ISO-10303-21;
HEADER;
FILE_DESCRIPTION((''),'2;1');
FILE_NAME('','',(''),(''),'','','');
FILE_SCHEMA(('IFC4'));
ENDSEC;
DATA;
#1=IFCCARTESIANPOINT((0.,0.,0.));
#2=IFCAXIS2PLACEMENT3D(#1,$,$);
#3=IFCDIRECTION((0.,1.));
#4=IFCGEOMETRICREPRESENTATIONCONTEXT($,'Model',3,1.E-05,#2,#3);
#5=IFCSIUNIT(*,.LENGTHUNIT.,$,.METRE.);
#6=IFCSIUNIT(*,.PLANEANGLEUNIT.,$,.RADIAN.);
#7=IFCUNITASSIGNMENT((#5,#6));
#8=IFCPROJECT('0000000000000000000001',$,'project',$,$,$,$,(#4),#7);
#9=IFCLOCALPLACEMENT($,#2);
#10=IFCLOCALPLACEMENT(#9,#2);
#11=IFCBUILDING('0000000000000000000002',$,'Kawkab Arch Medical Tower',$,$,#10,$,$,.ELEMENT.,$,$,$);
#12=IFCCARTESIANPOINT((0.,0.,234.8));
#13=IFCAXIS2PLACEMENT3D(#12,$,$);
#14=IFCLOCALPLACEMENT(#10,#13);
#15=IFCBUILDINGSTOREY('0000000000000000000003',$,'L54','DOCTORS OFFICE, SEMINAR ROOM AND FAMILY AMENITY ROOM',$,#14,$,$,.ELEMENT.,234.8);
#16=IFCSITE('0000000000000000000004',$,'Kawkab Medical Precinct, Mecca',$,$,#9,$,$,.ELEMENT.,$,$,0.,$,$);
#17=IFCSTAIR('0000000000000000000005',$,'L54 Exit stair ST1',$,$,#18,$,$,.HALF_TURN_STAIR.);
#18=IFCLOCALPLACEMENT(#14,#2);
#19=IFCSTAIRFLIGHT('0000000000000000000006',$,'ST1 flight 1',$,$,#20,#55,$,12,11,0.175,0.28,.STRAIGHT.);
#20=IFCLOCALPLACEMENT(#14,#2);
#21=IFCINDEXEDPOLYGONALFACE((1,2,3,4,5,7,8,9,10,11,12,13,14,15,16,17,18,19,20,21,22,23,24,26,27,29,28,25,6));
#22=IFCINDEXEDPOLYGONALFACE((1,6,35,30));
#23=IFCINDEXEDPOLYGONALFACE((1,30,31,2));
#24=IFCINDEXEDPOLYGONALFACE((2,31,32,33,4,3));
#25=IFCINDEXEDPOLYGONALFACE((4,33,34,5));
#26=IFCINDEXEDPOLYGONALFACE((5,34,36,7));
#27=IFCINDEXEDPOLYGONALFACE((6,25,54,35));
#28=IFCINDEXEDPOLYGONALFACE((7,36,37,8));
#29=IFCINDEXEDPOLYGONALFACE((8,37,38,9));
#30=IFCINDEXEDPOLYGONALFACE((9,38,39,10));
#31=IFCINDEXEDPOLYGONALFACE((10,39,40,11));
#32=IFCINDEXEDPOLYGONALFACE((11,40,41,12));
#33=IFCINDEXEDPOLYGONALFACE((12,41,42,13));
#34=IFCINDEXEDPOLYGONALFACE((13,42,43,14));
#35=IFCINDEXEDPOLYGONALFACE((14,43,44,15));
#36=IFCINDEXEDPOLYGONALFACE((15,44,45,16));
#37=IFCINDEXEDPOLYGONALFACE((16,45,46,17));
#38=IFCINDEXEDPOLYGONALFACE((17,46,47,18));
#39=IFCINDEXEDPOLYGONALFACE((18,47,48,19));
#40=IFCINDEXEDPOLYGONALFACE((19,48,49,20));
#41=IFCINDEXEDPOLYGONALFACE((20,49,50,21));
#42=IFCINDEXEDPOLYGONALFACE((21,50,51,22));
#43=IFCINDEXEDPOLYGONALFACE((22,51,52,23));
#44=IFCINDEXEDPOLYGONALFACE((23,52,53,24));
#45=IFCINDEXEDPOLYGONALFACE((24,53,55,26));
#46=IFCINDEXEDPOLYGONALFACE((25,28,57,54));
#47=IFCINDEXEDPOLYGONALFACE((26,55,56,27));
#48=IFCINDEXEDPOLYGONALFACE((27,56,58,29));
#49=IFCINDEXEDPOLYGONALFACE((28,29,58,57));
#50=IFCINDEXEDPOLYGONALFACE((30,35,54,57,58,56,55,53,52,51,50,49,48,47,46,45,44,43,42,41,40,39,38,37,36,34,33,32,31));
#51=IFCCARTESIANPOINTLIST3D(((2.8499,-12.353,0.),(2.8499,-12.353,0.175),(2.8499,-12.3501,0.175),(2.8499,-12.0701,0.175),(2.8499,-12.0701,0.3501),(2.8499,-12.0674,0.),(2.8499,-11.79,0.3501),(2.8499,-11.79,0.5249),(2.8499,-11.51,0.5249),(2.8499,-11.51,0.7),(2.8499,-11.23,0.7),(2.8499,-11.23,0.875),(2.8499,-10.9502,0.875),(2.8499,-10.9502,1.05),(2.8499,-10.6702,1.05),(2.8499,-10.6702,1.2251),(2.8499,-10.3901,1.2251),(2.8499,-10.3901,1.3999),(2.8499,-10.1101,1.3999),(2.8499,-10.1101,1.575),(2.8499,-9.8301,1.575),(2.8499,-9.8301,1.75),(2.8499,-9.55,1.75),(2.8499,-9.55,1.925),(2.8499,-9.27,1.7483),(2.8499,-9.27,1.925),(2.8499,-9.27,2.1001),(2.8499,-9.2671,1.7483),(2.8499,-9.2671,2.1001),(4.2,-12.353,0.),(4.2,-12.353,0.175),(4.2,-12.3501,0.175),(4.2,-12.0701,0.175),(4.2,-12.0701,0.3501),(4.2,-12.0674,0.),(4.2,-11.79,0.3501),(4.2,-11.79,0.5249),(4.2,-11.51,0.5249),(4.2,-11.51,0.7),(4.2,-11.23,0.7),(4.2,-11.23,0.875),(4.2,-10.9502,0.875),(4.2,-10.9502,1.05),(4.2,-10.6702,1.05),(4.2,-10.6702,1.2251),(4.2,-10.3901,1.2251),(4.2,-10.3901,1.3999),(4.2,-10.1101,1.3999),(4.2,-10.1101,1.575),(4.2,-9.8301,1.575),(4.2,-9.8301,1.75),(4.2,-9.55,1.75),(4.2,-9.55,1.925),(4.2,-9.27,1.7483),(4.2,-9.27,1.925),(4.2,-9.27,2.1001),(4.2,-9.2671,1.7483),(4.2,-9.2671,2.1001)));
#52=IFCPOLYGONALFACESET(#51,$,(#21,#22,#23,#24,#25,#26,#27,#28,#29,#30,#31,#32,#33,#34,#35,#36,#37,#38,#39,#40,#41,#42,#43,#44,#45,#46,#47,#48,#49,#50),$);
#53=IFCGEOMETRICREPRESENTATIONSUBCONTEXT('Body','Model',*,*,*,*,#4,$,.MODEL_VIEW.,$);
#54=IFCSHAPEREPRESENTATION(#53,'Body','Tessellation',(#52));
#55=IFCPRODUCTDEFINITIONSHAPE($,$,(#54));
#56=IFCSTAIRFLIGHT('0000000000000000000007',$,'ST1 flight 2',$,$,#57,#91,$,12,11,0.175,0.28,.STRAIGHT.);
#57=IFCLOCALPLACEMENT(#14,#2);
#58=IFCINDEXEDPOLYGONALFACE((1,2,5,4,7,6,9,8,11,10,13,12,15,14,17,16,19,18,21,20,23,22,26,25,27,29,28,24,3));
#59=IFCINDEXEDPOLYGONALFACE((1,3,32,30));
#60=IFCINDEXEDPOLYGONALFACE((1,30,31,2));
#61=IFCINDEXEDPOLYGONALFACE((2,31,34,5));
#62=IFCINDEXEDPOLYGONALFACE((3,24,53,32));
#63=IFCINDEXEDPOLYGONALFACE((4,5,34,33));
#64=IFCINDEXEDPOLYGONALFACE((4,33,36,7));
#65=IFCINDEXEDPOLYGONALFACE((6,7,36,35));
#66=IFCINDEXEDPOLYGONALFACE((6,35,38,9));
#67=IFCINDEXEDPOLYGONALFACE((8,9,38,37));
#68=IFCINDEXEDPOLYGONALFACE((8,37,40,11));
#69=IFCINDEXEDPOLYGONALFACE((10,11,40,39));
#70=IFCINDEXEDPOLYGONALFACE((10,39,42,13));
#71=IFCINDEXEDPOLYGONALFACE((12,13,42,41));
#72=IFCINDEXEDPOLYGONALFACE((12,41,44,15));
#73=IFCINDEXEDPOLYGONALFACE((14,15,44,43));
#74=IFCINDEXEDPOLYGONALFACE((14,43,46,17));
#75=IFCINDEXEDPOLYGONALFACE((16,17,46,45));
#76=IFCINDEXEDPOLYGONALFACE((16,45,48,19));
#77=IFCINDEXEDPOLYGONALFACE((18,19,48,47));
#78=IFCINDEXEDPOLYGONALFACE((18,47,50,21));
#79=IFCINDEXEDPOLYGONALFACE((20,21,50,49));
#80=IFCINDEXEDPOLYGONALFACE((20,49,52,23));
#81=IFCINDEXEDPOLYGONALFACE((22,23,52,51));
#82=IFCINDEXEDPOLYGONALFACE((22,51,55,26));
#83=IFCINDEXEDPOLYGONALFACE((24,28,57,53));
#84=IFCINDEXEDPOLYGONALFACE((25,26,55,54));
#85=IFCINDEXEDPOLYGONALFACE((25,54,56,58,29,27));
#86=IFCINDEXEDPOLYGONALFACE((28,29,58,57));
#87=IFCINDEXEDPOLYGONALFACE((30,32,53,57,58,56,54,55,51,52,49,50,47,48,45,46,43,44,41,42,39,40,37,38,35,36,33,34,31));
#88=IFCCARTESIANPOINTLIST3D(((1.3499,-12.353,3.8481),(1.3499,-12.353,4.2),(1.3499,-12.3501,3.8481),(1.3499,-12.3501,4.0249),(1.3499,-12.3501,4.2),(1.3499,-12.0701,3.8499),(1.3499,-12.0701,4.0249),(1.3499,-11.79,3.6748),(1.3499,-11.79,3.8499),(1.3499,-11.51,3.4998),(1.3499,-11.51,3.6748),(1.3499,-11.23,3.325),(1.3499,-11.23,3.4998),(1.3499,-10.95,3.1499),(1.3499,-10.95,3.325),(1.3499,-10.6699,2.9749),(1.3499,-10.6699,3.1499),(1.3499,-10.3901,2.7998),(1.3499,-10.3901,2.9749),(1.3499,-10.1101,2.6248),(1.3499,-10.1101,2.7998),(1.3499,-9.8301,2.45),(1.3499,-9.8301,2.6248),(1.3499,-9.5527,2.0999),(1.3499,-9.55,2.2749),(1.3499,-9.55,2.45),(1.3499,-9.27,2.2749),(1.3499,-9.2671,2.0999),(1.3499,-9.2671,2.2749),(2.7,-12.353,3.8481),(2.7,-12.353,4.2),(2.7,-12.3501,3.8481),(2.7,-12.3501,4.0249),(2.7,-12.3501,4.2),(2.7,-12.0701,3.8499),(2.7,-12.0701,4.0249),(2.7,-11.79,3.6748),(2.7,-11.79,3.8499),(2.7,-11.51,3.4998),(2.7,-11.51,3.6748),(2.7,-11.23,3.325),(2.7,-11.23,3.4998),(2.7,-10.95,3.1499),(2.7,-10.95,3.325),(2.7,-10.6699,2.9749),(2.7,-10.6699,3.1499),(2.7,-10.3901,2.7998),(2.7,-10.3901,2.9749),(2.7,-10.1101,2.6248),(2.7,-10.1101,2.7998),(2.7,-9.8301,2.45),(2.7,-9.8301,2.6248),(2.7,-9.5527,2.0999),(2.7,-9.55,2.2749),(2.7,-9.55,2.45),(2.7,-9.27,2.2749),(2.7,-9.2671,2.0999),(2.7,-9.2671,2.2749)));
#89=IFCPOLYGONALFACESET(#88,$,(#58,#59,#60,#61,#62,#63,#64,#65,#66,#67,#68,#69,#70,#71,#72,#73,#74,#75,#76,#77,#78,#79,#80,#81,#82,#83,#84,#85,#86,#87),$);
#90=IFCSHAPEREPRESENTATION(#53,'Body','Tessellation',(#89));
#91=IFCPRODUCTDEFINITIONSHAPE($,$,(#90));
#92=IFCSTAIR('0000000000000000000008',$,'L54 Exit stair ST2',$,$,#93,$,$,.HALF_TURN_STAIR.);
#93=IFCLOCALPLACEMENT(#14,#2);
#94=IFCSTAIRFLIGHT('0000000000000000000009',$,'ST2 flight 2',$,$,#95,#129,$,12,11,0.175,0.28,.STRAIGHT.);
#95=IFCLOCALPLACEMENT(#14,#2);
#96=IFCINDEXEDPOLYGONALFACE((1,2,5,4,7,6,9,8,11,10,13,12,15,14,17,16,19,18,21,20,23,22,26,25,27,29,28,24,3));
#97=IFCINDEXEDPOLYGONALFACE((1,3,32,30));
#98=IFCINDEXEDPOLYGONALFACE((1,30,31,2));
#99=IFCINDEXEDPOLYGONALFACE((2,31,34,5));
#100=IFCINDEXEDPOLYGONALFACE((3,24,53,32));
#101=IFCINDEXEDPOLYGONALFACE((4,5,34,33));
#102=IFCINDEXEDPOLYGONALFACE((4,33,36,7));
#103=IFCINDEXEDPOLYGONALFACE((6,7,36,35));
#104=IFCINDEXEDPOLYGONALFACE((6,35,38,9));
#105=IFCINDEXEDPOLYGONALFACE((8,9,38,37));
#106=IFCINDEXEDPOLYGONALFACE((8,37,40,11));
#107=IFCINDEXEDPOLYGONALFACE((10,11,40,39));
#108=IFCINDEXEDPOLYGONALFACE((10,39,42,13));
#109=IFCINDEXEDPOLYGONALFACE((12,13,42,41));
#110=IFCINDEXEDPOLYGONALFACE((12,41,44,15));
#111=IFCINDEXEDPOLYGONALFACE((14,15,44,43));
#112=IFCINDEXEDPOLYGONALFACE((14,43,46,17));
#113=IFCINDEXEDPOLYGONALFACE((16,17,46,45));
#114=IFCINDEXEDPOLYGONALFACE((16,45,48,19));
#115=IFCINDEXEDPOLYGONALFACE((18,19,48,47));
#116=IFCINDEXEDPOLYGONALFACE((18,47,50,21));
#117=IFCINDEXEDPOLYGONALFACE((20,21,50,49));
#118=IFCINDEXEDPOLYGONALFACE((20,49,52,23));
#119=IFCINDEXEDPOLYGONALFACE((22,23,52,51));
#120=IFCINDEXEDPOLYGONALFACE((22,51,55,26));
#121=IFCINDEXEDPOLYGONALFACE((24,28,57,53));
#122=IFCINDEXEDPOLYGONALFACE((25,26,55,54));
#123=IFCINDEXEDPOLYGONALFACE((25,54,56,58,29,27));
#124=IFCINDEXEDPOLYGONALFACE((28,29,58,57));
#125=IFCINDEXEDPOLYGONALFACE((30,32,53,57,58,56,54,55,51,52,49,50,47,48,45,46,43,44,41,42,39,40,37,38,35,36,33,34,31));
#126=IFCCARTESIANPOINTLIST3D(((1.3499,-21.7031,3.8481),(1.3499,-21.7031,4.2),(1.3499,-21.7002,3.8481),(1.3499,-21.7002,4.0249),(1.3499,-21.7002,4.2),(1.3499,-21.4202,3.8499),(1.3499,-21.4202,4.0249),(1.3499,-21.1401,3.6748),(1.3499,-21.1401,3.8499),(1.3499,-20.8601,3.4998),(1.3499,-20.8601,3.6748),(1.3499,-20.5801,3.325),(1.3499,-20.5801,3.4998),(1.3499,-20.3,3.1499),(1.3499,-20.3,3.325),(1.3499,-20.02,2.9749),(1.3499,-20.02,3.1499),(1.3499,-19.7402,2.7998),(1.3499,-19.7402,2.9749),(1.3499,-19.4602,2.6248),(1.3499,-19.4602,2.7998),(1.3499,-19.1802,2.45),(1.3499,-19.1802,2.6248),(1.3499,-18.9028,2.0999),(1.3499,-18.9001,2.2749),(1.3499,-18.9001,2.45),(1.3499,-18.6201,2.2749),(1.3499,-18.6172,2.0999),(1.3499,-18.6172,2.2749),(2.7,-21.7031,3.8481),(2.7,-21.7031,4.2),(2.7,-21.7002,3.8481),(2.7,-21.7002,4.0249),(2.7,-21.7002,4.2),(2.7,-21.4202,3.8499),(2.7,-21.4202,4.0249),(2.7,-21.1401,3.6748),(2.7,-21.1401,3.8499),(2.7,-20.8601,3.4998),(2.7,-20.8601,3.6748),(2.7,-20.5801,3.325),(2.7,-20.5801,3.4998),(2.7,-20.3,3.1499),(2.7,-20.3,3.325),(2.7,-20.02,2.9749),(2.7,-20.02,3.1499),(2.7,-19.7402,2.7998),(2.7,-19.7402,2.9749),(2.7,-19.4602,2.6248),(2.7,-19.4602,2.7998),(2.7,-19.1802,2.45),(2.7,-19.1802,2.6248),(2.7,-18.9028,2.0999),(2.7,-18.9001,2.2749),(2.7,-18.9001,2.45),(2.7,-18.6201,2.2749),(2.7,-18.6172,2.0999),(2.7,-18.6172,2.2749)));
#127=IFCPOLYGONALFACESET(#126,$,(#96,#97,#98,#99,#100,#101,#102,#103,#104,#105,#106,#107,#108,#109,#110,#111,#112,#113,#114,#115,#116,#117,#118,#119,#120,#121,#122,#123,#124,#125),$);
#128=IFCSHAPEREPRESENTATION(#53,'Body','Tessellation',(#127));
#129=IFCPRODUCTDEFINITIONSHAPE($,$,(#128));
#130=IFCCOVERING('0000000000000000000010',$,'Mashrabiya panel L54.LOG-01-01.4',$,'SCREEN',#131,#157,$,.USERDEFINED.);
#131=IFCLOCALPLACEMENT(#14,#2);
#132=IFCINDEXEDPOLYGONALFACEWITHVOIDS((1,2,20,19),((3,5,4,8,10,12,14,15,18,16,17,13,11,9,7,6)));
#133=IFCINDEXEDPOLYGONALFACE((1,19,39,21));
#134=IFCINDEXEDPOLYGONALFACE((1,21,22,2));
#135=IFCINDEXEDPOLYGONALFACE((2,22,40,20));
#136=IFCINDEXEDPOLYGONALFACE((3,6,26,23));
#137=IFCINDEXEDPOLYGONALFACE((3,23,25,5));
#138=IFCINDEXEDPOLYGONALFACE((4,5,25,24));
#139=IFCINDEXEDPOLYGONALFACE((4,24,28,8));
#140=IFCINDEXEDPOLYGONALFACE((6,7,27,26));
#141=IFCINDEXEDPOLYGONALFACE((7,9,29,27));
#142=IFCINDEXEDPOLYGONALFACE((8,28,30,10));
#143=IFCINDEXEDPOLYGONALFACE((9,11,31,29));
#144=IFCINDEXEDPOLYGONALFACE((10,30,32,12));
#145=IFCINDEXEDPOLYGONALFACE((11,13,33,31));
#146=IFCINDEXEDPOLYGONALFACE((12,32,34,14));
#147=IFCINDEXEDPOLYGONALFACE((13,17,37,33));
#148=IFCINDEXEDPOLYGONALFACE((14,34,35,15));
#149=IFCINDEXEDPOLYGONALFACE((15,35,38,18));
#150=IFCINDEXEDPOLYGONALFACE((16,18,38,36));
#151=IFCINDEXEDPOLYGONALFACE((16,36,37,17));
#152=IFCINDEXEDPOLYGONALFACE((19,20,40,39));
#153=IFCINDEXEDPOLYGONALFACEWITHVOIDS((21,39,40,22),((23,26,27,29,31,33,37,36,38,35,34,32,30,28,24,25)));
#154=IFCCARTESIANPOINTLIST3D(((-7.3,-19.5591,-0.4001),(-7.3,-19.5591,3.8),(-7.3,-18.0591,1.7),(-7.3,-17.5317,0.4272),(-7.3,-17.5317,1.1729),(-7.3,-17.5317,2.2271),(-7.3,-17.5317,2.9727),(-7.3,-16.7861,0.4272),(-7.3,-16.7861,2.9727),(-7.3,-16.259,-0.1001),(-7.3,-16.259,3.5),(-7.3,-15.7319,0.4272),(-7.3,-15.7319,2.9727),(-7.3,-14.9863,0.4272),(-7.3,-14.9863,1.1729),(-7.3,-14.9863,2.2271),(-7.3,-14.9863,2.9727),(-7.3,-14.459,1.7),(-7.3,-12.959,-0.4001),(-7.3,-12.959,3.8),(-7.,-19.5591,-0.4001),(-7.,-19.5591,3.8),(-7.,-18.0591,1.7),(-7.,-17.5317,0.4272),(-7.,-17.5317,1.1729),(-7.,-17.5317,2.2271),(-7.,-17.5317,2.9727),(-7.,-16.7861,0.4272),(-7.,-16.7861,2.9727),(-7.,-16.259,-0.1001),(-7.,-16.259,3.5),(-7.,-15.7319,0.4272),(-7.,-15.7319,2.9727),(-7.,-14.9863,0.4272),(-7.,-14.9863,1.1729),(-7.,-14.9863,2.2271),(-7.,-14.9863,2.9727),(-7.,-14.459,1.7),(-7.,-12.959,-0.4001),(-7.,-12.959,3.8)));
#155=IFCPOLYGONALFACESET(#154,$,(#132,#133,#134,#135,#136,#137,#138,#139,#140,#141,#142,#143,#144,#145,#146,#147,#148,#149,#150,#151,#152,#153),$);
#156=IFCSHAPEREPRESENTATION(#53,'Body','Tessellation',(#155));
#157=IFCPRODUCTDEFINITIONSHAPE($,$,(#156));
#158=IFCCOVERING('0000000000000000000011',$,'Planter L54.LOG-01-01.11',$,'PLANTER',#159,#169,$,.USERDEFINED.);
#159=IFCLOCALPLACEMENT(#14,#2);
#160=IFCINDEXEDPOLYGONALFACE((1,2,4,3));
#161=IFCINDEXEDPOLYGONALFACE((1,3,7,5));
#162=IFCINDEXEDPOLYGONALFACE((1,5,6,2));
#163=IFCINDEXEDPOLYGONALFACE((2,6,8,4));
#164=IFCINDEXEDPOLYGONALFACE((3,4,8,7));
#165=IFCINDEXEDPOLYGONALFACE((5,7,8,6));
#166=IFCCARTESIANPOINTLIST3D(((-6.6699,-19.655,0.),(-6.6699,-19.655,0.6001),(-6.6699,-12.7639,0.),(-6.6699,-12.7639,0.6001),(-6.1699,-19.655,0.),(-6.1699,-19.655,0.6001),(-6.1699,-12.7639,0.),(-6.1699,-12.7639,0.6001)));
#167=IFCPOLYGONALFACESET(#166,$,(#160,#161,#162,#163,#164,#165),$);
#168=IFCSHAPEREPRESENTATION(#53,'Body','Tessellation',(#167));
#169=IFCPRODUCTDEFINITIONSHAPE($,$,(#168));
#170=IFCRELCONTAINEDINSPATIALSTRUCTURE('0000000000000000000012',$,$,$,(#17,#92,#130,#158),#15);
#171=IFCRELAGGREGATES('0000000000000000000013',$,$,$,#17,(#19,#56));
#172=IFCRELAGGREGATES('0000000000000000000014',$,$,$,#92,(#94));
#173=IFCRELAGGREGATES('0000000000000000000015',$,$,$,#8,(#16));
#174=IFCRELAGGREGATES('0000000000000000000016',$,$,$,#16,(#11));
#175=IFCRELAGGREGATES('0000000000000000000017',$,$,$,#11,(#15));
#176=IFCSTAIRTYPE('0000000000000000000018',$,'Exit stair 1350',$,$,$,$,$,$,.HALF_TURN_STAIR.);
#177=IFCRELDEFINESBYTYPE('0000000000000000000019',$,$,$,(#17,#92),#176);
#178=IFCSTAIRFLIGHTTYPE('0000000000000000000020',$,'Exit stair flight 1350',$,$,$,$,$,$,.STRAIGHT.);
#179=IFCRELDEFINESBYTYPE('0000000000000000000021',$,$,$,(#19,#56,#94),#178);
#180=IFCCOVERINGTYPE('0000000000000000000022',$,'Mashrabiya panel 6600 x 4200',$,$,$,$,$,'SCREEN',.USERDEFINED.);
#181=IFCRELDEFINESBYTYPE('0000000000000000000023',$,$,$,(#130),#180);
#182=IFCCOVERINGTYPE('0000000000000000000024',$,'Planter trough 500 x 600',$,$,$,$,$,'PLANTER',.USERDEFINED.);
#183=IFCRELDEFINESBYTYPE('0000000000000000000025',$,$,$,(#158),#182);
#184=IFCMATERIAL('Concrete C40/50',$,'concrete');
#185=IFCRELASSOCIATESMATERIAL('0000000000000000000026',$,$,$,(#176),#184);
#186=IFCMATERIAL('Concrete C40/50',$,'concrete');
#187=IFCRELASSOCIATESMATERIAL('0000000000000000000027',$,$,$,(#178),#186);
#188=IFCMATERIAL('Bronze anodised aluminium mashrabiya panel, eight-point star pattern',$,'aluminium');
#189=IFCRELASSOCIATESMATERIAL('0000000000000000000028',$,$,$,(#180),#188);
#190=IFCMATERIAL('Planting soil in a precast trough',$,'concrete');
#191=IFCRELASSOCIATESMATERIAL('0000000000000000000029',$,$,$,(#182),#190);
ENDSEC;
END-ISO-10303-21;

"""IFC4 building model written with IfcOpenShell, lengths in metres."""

from ifc_helpers import new_model, si_unit, direction, frame, origin, origin_2d, place, context, subcontext, project, spatial, polyline, rectangle, outline, extrude, material, material_profile, profile_set, type_object, element, aggregate, save


model = new_model("IFC4")

# Units and contexts
model_context = context("Model", 3, precision=1e-05, world=origin(), true_north=direction((0.0, 1.0)))
body_context = subcontext(model_context, "Body", "Model", "MODEL_VIEW")
ifc_project = project(units=[si_unit("LENGTHUNIT", "METRE"), si_unit("PLANEANGLEUNIT", "RADIAN")], contexts=[model_context])

# Site, building, storey
site_placement = place(None, origin())
site = spatial("IfcSite", under=ifc_project, at=site_placement, Name="Kawkab Medical Precinct, Mecca", CompositionType="ELEMENT", RefElevation=0.0)
building_placement = place(site_placement, origin())
building = spatial("IfcBuilding", under=site, at=building_placement, Name="Kawkab Arch Medical Tower", CompositionType="ELEMENT")
storey_placement = place(building_placement, frame((0.0, 0.0, 234.8)))
storey = spatial("IfcBuildingStorey", under=building, at=storey_placement, Name="L54", Description="DOCTORS OFFICE, SEMINAR ROOM AND FAMILY AMENITY ROOM", CompositionType="ELEMENT", Elevation=234.8)

# Shared definitions
placement = place(storey_placement, origin())

# Stair, stair flights
ifc_material_1 = material(Name="Concrete C40/50", Category="concrete")
stair_type = type_object("IfcStairType", Name="Exit stair 1350", PredefinedType="HALF_TURN_STAIR", material=ifc_material_1)
stair_1 = element("IfcStair", 1, at=placement, inside=storey, type_object=stair_type, Name="L54 Exit stair ST1", PredefinedType="HALF_TURN_STAIR")
ifc_material_2 = material(Name="Concrete C40/50", Category="concrete")
stair_flight_type = type_object("IfcStairFlightType", Name="Exit stair flight 1350", PredefinedType="STRAIGHT", material=ifc_material_2)
stair_flight_1_placement = place(storey_placement, frame((3.5249, -12.3501, 0.0), z_axis=(0.0, 0.0, 1.0), x_axis=(0.0, 1.0, 0.0)))
stair_flight_1 = element("IfcStairFlight", 2, at=stair_flight_1_placement, type_object=stair_flight_type, Name="ST1 flight 1", NumberOfRisers=12, NumberOfTreads=11, PredefinedType="STRAIGHT", RiserHeight=0.175, TreadLength=0.28, context=body_context, shape_type="SweptSolid", body=[
    extrude(outline(polyline([(-0.0029, 0.0), (-0.0029, 0.175), (0.0, 0.175), (0.28, 0.175), (0.28, 0.3501), (0.5601, 0.3501), (0.5601, 0.5249), (0.8401, 0.5249), (0.8401, 0.7), (1.1201, 0.7), (1.1201, 0.875), (1.3999, 0.875), (1.3999, 1.05), (1.6799, 1.05), (1.6799, 1.2251), (1.96, 1.2251), (1.96, 1.3999), (2.24, 1.3999), (2.24, 1.575), (2.52, 1.575), (2.52, 1.75), (2.8, 1.75), (2.8, 1.925), (3.0801, 1.925), (3.0801, 2.1001), (3.083, 2.1001), (3.083, 1.7483), (3.0801, 1.7483), (0.2827, 0.0), (-0.0029, 0.0)])), frame((0.0, 0.675, 0.0), z_axis=(0.0, -1.0, 0.0), x_axis=(1.0, 0.0, 0.0)), (0.0, 0.0, 1.0), 1.3501),
])
stair_flight_2_placement = place(storey_placement, frame((2.0249, -9.27, 2.0999), z_axis=(0.0, 0.0, 1.0), x_axis=(0.0, -1.0, 0.0)))
stair_flight_2 = element("IfcStairFlight", 3, at=stair_flight_2_placement, type_object=stair_flight_type, Name="ST1 flight 2", NumberOfRisers=12, NumberOfTreads=11, PredefinedType="STRAIGHT", RiserHeight=0.175, TreadLength=0.28, context=body_context, shape_type="SweptSolid", body=[
    extrude(outline(polyline([(-0.0029, 0.0), (-0.0029, 0.175), (0.0, 0.175), (0.28, 0.175), (0.28, 0.3501), (0.5601, 0.3501), (0.5601, 0.5249), (0.8401, 0.5249), (0.8401, 0.7), (1.1201, 0.7), (1.1201, 0.875), (1.3999, 0.875), (1.3999, 1.05), (1.6799, 1.05), (1.6799, 1.2251), (1.96, 1.2251), (1.96, 1.3999), (2.24, 1.3999), (2.24, 1.575), (2.52, 1.575), (2.52, 1.75), (2.8, 1.75), (2.8, 1.925), (3.0801, 1.925), (3.0801, 2.1001), (3.083, 2.1001), (3.083, 1.7483), (3.0801, 1.7483), (0.2827, 0.0), (-0.0029, 0.0)])), frame((0.0, 0.675, 0.0), z_axis=(0.0, -1.0, 0.0), x_axis=(1.0, 0.0, 0.0)), (0.0, 0.0, 1.0), 1.3501),
])
aggregate(stair_1, [stair_flight_1, stair_flight_2])

# Stair, stair flight
stair_2 = element("IfcStair", 4, at=placement, inside=storey, type_object=stair_type, Name="L54 Exit stair ST2", PredefinedType="HALF_TURN_STAIR")
stair_flight_3_placement = place(storey_placement, frame((2.0249, -18.6201, 2.0999), z_axis=(0.0, 0.0, 1.0), x_axis=(0.0, -1.0, 0.0)))
stair_flight_3 = element("IfcStairFlight", 5, at=stair_flight_3_placement, type_object=stair_flight_type, Name="ST2 flight 2", NumberOfRisers=12, NumberOfTreads=11, PredefinedType="STRAIGHT", RiserHeight=0.175, TreadLength=0.28, context=body_context, shape_type="SweptSolid", body=[
    extrude(outline(polyline([(-0.0029, 0.0), (-0.0029, 0.175), (0.0, 0.175), (0.28, 0.175), (0.28, 0.3501), (0.5601, 0.3501), (0.5601, 0.5249), (0.8401, 0.5249), (0.8401, 0.7), (1.1201, 0.7), (1.1201, 0.875), (1.3999, 0.875), (1.3999, 1.05), (1.6799, 1.05), (1.6799, 1.2251), (1.96, 1.2251), (1.96, 1.3999), (2.24, 1.3999), (2.24, 1.575), (2.52, 1.575), (2.52, 1.75), (2.8, 1.75), (2.8, 1.925), (3.0801, 1.925), (3.0801, 2.1001), (3.083, 2.1001), (3.083, 1.7483), (3.0801, 1.7483), (0.2827, 0.0), (-0.0029, 0.0)])), frame((0.0, 0.675, 0.0), z_axis=(0.0, -1.0, 0.0), x_axis=(1.0, 0.0, 0.0)), (0.0, 0.0, 1.0), 1.3501),
])
aggregate(stair_2, [stair_flight_3])

# Coverings
ifc_material_3 = material(Name="Bronze anodised aluminium mashrabiya panel, eight-point star pattern", Category="aluminium")
ifc_material_profile_1 = material_profile(ifc_material_3, outline(polyline([(-3.3, -2.1001), (3.3, -2.1001), (3.3, 2.1001), (-3.3, 2.1001), (-3.3, -2.1001)]), holes=[polyline([(1.8, 0.0), (1.2727, 0.5271), (1.2727, 1.2727), (0.5271, 1.2727), (0.0, 1.8), (-0.5271, 1.2727), (-1.2727, 1.2727), (-1.2727, 0.5271), (-1.8, 0.0), (-1.2727, -0.5271), (-1.2727, -1.2727), (-0.5271, -1.2727), (0.0, -1.8), (0.5271, -1.2727), (1.2727, -1.2727), (1.2727, -0.5271), (1.8, 0.0)])]), Name="Mashrabiya panel 6600x4200")
ifc_profile_set_1 = profile_set([ifc_material_profile_1], Name="Bronze anodised aluminium mashrabiya panel, eight-point star pattern")
covering_type_1 = type_object("IfcCoveringType", Name="Mashrabiya panel 6600 x 4200", ElementType="SCREEN", PredefinedType="USERDEFINED", material=ifc_profile_set_1)
covering_1_placement = place(storey_placement, frame((-7.0, -16.259, 1.7), z_axis=(-1.0, 0.0, 0.0), x_axis=(0.0, -1.0, 0.0)))
element("IfcCovering", 6, at=covering_1_placement, inside=storey, type_object=covering_type_1, Name="Mashrabiya panel L54.LOG-01-01.4", ObjectType="SCREEN", PredefinedType="USERDEFINED", context=body_context, shape_type="SweptSolid", body=[
    extrude(outline(polyline([(-3.3, -2.1001), (3.3, -2.1001), (3.3, 2.1001), (-3.3, 2.1001), (-3.3, -2.1001)]), holes=[polyline([(1.8, 0.0), (1.2727, 0.5271), (1.2727, 1.2727), (0.5271, 1.2727), (0.0, 1.8), (-0.5271, 1.2727), (-1.2727, 1.2727), (-1.2727, 0.5271), (-1.8, 0.0), (-1.2727, -0.5271), (-1.2727, -1.2727), (-0.5271, -1.2727), (0.0, -1.8), (0.5271, -1.2727), (1.2727, -1.2727), (1.2727, -0.5271), (1.8, 0.0)])]), origin(), (0.0, 0.0, 1.0), 0.3),
])
ifc_material_4 = material(Name="Planting soil in a precast trough", Category="concrete")
ifc_material_profile_2 = material_profile(ifc_material_4, rectangle(XDim=0.5, YDim=0.6001, at=origin_2d()), Name="Trough 500x600")
ifc_profile_set_2 = profile_set([ifc_material_profile_2], Name="Planting soil in a precast trough")
covering_type_2 = type_object("IfcCoveringType", Name="Planter trough 500 x 600", ElementType="PLANTER", PredefinedType="USERDEFINED", material=ifc_profile_set_2)
covering_2_placement = place(storey_placement, frame((-6.4199, -19.655, 0.3), z_axis=(0.0, 1.0, 0.0), x_axis=(-1.0, 0.0, 0.0)))
element("IfcCovering", 7, at=covering_2_placement, inside=storey, type_object=covering_type_2, Name="Planter L54.LOG-01-01.11", ObjectType="PLANTER", PredefinedType="USERDEFINED", context=body_context, shape_type="SweptSolid", body=[
    extrude(rectangle(XDim=0.5, YDim=0.6001, at=origin_2d()), origin(), (0.0, 0.0, 1.0), 6.8911),
])

save(model, "model.ifc")
